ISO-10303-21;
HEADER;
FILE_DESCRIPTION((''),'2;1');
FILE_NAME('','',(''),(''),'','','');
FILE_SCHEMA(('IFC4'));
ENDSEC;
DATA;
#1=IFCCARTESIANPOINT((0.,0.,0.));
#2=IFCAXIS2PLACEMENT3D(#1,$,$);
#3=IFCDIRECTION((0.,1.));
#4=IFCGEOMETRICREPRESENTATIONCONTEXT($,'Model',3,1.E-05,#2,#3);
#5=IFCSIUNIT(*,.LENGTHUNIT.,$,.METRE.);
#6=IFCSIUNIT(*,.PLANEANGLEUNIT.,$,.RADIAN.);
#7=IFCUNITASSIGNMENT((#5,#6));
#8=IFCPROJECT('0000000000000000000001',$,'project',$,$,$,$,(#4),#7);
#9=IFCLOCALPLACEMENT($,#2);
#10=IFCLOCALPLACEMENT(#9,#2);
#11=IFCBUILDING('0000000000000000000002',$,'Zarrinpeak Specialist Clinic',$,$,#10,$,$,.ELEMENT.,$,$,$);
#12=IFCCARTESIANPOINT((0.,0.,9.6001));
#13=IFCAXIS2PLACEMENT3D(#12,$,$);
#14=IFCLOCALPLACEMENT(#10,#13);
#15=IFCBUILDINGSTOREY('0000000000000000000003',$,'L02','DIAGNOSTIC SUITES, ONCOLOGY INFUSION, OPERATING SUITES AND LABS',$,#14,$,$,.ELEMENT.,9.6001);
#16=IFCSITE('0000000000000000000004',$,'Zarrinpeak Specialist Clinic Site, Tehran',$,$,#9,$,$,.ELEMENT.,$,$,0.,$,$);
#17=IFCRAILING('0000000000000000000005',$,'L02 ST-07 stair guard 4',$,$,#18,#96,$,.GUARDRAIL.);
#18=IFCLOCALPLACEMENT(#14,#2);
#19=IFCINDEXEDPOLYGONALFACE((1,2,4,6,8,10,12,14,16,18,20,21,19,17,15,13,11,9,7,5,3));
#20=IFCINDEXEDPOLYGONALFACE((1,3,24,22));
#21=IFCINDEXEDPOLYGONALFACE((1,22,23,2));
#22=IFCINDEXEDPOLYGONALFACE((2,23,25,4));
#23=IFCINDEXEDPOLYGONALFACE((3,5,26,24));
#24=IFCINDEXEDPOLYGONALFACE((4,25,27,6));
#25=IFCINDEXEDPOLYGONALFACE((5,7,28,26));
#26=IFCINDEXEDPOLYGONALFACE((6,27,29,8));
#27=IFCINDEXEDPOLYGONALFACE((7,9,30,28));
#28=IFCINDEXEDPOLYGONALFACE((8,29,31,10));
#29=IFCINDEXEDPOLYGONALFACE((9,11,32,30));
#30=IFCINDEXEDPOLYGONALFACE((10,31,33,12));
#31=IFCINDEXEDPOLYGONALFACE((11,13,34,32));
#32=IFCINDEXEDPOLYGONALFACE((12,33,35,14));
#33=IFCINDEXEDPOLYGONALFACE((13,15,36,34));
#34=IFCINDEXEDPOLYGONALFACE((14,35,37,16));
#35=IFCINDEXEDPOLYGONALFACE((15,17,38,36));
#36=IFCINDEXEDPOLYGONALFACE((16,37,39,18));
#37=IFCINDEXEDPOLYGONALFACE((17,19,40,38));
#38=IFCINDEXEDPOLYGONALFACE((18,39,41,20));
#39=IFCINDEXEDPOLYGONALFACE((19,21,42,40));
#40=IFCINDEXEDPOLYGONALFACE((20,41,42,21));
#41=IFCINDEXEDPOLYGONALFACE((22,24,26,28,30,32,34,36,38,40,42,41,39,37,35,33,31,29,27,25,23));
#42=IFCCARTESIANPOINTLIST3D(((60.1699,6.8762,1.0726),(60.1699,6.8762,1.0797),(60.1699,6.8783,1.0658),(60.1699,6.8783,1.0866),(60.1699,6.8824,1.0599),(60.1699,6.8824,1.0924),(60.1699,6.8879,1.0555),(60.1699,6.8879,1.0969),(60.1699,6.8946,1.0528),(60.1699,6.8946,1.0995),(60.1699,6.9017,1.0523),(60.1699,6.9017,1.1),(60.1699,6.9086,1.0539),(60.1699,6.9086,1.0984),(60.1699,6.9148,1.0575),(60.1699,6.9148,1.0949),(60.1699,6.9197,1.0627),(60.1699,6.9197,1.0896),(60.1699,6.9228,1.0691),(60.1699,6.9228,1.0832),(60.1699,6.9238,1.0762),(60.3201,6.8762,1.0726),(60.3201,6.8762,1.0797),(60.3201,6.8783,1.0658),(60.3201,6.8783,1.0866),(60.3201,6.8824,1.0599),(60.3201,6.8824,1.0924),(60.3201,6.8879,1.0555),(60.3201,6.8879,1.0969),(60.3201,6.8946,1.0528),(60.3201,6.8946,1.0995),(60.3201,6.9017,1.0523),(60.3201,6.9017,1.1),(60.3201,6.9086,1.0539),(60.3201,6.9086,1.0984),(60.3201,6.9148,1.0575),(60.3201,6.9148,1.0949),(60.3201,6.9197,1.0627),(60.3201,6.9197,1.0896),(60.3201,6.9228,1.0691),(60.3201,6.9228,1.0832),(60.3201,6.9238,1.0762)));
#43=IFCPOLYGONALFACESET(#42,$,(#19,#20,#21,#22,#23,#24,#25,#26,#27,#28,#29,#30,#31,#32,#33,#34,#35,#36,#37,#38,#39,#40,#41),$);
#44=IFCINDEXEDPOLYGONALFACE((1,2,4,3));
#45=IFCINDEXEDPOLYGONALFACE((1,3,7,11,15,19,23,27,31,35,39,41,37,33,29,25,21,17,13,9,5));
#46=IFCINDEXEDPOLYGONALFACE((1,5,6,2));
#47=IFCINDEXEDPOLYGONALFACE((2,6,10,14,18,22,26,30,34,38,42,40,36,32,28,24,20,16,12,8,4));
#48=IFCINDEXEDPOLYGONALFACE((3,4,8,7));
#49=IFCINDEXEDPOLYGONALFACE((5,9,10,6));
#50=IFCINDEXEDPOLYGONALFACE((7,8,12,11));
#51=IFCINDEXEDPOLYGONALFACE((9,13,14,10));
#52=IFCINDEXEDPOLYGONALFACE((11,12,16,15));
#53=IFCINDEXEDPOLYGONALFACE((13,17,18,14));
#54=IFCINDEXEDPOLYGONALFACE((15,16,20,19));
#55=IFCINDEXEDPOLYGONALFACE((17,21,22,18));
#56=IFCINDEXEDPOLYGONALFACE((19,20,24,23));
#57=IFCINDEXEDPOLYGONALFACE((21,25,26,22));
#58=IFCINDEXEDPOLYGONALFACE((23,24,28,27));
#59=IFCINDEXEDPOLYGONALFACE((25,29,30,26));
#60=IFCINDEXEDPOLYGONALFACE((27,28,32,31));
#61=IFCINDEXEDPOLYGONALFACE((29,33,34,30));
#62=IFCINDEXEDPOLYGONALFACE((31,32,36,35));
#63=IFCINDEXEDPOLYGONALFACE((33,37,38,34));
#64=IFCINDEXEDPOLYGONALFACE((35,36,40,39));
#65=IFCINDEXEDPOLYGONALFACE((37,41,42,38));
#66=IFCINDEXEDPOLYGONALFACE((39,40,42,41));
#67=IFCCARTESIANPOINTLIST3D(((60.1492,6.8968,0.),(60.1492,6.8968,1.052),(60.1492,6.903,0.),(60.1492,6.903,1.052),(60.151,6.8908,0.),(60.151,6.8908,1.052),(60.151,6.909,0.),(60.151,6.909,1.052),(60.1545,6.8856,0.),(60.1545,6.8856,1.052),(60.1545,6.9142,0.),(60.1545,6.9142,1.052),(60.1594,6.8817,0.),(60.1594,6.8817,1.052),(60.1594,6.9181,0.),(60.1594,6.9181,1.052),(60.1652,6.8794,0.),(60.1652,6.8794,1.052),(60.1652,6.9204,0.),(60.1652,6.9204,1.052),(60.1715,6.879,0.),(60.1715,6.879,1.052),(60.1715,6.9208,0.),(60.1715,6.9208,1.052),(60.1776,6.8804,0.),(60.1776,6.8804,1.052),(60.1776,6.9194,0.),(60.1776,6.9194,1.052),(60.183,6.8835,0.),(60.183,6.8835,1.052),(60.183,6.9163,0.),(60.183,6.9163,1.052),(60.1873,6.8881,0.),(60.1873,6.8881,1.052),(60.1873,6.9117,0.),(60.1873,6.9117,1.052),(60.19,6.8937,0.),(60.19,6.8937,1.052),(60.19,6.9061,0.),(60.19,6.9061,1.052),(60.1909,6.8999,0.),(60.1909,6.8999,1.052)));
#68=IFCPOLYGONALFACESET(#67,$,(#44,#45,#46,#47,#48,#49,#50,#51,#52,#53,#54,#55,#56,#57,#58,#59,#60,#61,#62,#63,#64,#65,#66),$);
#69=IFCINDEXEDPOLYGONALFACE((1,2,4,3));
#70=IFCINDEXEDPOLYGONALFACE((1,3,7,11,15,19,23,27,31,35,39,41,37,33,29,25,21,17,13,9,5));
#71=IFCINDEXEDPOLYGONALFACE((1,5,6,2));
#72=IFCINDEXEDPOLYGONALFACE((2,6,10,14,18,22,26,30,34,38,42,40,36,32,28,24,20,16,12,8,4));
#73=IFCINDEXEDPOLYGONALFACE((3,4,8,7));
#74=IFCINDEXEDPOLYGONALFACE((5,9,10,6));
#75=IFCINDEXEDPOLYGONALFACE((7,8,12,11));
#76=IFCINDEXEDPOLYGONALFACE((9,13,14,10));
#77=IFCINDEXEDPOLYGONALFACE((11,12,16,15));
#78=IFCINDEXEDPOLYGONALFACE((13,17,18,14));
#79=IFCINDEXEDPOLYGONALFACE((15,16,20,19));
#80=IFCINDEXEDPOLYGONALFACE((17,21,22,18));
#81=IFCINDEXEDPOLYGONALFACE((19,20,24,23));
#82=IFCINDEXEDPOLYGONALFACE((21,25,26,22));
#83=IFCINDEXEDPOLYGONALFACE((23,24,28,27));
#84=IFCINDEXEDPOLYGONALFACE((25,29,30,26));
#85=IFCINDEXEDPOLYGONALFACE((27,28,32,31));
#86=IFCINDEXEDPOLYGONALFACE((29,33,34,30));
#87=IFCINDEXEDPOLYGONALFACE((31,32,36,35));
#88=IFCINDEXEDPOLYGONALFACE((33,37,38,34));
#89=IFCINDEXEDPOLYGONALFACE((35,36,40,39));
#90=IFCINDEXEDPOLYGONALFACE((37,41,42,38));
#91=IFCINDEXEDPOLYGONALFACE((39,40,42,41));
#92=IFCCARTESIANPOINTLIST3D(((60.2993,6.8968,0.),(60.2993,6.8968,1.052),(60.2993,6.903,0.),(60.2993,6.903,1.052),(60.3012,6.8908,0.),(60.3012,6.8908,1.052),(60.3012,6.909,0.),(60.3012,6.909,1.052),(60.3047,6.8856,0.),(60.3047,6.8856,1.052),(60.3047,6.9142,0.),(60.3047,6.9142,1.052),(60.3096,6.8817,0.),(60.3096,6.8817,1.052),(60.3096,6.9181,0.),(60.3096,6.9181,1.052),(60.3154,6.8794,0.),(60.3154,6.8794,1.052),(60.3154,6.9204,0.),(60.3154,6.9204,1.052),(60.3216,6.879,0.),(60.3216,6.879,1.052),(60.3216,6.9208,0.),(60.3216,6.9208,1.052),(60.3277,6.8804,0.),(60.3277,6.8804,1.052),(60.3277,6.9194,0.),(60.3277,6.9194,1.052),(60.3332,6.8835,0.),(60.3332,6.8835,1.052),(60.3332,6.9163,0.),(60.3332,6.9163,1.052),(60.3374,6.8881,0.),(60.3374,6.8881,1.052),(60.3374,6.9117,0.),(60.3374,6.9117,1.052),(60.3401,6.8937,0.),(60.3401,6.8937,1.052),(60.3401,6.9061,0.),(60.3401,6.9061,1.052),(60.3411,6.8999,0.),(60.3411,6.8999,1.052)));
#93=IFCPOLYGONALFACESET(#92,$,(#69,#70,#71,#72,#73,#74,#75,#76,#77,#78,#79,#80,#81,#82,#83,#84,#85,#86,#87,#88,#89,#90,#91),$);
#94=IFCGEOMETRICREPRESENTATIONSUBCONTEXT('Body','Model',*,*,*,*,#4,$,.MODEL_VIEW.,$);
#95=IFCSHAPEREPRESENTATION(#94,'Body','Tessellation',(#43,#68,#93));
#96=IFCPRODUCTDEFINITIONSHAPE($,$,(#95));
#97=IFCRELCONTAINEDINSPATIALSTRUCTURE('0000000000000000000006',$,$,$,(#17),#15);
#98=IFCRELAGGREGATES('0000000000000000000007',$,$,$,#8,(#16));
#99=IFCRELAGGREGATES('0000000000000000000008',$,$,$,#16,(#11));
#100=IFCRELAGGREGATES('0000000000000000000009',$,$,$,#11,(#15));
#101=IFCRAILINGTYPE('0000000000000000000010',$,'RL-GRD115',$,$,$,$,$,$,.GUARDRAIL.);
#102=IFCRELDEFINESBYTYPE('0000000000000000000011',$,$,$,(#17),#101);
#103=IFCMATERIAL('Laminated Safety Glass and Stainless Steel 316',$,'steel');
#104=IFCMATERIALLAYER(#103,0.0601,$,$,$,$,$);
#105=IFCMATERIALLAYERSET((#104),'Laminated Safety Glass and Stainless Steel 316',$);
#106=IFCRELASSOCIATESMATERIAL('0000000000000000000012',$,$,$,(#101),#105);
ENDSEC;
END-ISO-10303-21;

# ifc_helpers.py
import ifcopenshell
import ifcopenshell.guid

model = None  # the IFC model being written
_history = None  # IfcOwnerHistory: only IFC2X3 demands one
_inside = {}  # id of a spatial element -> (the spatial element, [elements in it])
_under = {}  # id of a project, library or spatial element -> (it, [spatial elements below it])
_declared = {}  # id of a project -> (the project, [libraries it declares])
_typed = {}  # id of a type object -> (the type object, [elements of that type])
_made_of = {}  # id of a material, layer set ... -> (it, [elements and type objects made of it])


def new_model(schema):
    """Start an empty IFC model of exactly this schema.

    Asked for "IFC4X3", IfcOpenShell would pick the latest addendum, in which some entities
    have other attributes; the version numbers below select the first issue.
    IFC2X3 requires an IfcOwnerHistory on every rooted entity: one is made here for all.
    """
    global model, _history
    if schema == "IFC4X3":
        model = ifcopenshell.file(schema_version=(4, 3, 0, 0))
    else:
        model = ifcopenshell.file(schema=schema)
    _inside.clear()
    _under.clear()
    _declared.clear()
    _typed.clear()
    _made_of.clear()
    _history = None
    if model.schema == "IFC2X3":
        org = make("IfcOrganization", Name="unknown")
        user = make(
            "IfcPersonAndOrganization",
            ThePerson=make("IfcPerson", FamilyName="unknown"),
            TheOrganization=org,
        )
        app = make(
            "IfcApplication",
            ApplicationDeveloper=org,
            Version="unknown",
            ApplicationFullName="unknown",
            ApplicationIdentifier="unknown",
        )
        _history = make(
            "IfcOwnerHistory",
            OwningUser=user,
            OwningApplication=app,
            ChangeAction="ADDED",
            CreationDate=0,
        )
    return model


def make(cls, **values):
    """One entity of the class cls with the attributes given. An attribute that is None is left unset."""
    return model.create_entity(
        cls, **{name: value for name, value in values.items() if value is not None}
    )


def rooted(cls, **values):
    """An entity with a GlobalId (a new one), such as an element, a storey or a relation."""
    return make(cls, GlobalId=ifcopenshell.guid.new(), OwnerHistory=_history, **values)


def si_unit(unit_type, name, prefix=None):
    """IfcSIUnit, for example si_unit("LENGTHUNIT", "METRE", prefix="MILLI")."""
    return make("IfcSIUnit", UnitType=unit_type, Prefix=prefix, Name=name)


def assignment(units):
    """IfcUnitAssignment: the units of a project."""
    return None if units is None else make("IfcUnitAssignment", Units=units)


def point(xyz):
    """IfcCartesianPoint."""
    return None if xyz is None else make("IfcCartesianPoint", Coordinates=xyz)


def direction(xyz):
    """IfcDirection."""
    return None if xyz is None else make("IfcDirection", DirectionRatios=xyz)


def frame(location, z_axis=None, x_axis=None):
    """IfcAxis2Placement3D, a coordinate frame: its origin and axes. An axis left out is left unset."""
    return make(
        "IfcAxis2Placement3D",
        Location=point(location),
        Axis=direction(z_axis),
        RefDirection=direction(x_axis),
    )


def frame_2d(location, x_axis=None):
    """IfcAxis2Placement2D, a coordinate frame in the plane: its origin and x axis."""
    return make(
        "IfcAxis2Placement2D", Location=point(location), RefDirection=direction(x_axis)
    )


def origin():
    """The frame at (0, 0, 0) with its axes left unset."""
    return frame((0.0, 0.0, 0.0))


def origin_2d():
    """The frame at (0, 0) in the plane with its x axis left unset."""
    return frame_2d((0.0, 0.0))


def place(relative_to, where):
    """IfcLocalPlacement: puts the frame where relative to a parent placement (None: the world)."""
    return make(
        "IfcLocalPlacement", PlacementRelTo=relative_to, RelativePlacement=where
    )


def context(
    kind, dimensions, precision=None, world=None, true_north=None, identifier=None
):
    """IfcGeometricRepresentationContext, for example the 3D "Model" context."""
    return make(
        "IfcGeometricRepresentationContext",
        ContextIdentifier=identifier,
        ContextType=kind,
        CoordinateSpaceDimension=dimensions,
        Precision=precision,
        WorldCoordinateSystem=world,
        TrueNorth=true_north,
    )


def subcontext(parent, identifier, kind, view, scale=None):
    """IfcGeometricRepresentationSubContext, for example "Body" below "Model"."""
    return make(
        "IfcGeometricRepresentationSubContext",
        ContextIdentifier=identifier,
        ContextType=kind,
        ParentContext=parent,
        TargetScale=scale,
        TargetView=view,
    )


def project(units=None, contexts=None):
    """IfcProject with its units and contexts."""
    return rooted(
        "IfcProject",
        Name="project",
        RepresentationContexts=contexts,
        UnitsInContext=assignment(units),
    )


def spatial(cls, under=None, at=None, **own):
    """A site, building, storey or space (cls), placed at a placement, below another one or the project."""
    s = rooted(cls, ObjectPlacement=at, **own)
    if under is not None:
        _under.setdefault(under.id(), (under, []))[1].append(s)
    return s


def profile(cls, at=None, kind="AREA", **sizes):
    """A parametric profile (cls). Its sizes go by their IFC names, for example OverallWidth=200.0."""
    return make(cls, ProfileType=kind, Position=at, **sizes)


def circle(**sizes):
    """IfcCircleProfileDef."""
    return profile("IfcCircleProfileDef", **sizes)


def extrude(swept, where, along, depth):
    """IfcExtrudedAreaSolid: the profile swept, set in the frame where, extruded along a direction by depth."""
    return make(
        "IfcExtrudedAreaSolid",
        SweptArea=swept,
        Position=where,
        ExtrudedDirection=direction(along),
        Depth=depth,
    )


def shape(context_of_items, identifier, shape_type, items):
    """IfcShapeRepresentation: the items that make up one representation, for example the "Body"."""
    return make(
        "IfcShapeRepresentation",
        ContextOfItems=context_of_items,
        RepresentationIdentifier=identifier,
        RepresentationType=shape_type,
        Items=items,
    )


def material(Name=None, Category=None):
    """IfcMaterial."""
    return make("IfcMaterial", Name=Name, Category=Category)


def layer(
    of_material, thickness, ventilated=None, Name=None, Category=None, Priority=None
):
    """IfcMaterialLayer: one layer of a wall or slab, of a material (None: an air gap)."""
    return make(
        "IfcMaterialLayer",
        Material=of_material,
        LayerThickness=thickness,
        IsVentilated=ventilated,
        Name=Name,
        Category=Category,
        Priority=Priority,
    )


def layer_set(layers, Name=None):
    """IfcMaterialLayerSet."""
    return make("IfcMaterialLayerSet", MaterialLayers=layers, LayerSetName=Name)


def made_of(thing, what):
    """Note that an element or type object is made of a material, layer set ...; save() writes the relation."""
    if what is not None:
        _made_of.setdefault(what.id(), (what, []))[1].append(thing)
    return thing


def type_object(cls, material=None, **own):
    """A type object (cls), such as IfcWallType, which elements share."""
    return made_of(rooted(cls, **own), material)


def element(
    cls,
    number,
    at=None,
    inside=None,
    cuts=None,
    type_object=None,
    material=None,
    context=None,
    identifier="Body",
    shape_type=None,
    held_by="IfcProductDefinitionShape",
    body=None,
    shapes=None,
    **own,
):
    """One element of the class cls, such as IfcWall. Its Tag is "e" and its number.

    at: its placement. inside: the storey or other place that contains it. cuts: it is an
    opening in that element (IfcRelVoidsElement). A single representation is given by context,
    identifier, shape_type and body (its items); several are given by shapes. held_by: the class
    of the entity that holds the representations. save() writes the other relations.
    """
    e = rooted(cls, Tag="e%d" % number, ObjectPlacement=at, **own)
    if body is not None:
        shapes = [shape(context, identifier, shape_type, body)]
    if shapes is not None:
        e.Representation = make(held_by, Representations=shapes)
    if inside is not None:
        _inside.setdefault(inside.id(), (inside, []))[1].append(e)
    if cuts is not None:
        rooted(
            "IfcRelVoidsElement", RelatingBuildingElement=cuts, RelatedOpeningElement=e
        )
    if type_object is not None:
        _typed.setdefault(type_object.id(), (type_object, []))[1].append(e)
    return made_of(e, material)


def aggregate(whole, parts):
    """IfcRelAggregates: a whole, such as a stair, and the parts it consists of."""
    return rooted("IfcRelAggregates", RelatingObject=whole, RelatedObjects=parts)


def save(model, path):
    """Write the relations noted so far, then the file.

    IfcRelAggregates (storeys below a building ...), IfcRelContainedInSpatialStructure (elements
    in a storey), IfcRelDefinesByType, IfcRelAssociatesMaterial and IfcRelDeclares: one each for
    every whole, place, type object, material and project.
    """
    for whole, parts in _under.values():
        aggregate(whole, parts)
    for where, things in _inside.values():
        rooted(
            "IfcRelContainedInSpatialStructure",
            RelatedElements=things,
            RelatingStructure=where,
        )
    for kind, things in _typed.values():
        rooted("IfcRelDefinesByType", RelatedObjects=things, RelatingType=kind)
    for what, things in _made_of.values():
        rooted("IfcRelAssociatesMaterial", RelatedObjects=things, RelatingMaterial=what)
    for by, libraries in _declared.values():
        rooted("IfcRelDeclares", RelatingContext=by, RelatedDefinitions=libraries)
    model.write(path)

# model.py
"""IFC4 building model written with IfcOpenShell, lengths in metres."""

from ifc_helpers import new_model, si_unit, direction, frame, origin, origin_2d, place, context, subcontext, project, spatial, circle, extrude, material, layer, layer_set, type_object, element, save


model = new_model("IFC4")

# Units and contexts
model_context = context("Model", 3, precision=1e-05, world=origin(), true_north=direction((0.0, 1.0)))
body_context = subcontext(model_context, "Body", "Model", "MODEL_VIEW")
ifc_project = project(units=[si_unit("LENGTHUNIT", "METRE"), si_unit("PLANEANGLEUNIT", "RADIAN")], contexts=[model_context])

# Site, building, storey
site_placement = place(None, origin())
site = spatial("IfcSite", under=ifc_project, at=site_placement, Name="Zarrinpeak Specialist Clinic Site, Tehran", CompositionType="ELEMENT", RefElevation=0.0)
building_placement = place(site_placement, origin())
building = spatial("IfcBuilding", under=site, at=building_placement, Name="Zarrinpeak Specialist Clinic", CompositionType="ELEMENT")
storey_placement = place(building_placement, frame((0.0, 0.0, 9.6001)))
storey = spatial("IfcBuildingStorey", under=building, at=storey_placement, Name="L02", Description="DIAGNOSTIC SUITES, ONCOLOGY INFUSION, OPERATING SUITES AND LABS", CompositionType="ELEMENT", Elevation=9.6001)

# Railing
ifc_material_1 = material(Name="Laminated Safety Glass and Stainless Steel 316", Category="steel")
ifc_layer_1 = layer(ifc_material_1, 0.0601)
ifc_layer_set_1 = layer_set([ifc_layer_1], Name="Laminated Safety Glass and Stainless Steel 316")
railing_type_1 = type_object("IfcRailingType", Name="RL-GRD115", PredefinedType="GUARDRAIL", material=ifc_layer_set_1)
railing_1_placement = place(storey_placement, frame((60.1699, 6.8999, 0.0)))
element("IfcRailing", 1, at=railing_1_placement, inside=storey, type_object=railing_type_1, Name="L02 ST-07 stair guard 4", PredefinedType="GUARDRAIL", context=body_context, shape_type="SweptSolid", body=[
    extrude(circle(Radius=0.0239, at=origin_2d()), frame((0.0, 0.0, 1.0762), z_axis=(1.0, 0.0, 0.0), x_axis=(0.0, 1.0, 0.0)), (0.0, 0.0, 1.0), 0.1501),
    extrude(circle(Radius=0.021, at=origin_2d()), origin(), (0.0, 0.0, 1.0), 1.052),
    extrude(circle(Radius=0.021, at=origin_2d()), frame((0.1501, 0.0, 0.0)), (0.0, 0.0, 1.0), 1.052),
])

save(model, "model.ifc")
